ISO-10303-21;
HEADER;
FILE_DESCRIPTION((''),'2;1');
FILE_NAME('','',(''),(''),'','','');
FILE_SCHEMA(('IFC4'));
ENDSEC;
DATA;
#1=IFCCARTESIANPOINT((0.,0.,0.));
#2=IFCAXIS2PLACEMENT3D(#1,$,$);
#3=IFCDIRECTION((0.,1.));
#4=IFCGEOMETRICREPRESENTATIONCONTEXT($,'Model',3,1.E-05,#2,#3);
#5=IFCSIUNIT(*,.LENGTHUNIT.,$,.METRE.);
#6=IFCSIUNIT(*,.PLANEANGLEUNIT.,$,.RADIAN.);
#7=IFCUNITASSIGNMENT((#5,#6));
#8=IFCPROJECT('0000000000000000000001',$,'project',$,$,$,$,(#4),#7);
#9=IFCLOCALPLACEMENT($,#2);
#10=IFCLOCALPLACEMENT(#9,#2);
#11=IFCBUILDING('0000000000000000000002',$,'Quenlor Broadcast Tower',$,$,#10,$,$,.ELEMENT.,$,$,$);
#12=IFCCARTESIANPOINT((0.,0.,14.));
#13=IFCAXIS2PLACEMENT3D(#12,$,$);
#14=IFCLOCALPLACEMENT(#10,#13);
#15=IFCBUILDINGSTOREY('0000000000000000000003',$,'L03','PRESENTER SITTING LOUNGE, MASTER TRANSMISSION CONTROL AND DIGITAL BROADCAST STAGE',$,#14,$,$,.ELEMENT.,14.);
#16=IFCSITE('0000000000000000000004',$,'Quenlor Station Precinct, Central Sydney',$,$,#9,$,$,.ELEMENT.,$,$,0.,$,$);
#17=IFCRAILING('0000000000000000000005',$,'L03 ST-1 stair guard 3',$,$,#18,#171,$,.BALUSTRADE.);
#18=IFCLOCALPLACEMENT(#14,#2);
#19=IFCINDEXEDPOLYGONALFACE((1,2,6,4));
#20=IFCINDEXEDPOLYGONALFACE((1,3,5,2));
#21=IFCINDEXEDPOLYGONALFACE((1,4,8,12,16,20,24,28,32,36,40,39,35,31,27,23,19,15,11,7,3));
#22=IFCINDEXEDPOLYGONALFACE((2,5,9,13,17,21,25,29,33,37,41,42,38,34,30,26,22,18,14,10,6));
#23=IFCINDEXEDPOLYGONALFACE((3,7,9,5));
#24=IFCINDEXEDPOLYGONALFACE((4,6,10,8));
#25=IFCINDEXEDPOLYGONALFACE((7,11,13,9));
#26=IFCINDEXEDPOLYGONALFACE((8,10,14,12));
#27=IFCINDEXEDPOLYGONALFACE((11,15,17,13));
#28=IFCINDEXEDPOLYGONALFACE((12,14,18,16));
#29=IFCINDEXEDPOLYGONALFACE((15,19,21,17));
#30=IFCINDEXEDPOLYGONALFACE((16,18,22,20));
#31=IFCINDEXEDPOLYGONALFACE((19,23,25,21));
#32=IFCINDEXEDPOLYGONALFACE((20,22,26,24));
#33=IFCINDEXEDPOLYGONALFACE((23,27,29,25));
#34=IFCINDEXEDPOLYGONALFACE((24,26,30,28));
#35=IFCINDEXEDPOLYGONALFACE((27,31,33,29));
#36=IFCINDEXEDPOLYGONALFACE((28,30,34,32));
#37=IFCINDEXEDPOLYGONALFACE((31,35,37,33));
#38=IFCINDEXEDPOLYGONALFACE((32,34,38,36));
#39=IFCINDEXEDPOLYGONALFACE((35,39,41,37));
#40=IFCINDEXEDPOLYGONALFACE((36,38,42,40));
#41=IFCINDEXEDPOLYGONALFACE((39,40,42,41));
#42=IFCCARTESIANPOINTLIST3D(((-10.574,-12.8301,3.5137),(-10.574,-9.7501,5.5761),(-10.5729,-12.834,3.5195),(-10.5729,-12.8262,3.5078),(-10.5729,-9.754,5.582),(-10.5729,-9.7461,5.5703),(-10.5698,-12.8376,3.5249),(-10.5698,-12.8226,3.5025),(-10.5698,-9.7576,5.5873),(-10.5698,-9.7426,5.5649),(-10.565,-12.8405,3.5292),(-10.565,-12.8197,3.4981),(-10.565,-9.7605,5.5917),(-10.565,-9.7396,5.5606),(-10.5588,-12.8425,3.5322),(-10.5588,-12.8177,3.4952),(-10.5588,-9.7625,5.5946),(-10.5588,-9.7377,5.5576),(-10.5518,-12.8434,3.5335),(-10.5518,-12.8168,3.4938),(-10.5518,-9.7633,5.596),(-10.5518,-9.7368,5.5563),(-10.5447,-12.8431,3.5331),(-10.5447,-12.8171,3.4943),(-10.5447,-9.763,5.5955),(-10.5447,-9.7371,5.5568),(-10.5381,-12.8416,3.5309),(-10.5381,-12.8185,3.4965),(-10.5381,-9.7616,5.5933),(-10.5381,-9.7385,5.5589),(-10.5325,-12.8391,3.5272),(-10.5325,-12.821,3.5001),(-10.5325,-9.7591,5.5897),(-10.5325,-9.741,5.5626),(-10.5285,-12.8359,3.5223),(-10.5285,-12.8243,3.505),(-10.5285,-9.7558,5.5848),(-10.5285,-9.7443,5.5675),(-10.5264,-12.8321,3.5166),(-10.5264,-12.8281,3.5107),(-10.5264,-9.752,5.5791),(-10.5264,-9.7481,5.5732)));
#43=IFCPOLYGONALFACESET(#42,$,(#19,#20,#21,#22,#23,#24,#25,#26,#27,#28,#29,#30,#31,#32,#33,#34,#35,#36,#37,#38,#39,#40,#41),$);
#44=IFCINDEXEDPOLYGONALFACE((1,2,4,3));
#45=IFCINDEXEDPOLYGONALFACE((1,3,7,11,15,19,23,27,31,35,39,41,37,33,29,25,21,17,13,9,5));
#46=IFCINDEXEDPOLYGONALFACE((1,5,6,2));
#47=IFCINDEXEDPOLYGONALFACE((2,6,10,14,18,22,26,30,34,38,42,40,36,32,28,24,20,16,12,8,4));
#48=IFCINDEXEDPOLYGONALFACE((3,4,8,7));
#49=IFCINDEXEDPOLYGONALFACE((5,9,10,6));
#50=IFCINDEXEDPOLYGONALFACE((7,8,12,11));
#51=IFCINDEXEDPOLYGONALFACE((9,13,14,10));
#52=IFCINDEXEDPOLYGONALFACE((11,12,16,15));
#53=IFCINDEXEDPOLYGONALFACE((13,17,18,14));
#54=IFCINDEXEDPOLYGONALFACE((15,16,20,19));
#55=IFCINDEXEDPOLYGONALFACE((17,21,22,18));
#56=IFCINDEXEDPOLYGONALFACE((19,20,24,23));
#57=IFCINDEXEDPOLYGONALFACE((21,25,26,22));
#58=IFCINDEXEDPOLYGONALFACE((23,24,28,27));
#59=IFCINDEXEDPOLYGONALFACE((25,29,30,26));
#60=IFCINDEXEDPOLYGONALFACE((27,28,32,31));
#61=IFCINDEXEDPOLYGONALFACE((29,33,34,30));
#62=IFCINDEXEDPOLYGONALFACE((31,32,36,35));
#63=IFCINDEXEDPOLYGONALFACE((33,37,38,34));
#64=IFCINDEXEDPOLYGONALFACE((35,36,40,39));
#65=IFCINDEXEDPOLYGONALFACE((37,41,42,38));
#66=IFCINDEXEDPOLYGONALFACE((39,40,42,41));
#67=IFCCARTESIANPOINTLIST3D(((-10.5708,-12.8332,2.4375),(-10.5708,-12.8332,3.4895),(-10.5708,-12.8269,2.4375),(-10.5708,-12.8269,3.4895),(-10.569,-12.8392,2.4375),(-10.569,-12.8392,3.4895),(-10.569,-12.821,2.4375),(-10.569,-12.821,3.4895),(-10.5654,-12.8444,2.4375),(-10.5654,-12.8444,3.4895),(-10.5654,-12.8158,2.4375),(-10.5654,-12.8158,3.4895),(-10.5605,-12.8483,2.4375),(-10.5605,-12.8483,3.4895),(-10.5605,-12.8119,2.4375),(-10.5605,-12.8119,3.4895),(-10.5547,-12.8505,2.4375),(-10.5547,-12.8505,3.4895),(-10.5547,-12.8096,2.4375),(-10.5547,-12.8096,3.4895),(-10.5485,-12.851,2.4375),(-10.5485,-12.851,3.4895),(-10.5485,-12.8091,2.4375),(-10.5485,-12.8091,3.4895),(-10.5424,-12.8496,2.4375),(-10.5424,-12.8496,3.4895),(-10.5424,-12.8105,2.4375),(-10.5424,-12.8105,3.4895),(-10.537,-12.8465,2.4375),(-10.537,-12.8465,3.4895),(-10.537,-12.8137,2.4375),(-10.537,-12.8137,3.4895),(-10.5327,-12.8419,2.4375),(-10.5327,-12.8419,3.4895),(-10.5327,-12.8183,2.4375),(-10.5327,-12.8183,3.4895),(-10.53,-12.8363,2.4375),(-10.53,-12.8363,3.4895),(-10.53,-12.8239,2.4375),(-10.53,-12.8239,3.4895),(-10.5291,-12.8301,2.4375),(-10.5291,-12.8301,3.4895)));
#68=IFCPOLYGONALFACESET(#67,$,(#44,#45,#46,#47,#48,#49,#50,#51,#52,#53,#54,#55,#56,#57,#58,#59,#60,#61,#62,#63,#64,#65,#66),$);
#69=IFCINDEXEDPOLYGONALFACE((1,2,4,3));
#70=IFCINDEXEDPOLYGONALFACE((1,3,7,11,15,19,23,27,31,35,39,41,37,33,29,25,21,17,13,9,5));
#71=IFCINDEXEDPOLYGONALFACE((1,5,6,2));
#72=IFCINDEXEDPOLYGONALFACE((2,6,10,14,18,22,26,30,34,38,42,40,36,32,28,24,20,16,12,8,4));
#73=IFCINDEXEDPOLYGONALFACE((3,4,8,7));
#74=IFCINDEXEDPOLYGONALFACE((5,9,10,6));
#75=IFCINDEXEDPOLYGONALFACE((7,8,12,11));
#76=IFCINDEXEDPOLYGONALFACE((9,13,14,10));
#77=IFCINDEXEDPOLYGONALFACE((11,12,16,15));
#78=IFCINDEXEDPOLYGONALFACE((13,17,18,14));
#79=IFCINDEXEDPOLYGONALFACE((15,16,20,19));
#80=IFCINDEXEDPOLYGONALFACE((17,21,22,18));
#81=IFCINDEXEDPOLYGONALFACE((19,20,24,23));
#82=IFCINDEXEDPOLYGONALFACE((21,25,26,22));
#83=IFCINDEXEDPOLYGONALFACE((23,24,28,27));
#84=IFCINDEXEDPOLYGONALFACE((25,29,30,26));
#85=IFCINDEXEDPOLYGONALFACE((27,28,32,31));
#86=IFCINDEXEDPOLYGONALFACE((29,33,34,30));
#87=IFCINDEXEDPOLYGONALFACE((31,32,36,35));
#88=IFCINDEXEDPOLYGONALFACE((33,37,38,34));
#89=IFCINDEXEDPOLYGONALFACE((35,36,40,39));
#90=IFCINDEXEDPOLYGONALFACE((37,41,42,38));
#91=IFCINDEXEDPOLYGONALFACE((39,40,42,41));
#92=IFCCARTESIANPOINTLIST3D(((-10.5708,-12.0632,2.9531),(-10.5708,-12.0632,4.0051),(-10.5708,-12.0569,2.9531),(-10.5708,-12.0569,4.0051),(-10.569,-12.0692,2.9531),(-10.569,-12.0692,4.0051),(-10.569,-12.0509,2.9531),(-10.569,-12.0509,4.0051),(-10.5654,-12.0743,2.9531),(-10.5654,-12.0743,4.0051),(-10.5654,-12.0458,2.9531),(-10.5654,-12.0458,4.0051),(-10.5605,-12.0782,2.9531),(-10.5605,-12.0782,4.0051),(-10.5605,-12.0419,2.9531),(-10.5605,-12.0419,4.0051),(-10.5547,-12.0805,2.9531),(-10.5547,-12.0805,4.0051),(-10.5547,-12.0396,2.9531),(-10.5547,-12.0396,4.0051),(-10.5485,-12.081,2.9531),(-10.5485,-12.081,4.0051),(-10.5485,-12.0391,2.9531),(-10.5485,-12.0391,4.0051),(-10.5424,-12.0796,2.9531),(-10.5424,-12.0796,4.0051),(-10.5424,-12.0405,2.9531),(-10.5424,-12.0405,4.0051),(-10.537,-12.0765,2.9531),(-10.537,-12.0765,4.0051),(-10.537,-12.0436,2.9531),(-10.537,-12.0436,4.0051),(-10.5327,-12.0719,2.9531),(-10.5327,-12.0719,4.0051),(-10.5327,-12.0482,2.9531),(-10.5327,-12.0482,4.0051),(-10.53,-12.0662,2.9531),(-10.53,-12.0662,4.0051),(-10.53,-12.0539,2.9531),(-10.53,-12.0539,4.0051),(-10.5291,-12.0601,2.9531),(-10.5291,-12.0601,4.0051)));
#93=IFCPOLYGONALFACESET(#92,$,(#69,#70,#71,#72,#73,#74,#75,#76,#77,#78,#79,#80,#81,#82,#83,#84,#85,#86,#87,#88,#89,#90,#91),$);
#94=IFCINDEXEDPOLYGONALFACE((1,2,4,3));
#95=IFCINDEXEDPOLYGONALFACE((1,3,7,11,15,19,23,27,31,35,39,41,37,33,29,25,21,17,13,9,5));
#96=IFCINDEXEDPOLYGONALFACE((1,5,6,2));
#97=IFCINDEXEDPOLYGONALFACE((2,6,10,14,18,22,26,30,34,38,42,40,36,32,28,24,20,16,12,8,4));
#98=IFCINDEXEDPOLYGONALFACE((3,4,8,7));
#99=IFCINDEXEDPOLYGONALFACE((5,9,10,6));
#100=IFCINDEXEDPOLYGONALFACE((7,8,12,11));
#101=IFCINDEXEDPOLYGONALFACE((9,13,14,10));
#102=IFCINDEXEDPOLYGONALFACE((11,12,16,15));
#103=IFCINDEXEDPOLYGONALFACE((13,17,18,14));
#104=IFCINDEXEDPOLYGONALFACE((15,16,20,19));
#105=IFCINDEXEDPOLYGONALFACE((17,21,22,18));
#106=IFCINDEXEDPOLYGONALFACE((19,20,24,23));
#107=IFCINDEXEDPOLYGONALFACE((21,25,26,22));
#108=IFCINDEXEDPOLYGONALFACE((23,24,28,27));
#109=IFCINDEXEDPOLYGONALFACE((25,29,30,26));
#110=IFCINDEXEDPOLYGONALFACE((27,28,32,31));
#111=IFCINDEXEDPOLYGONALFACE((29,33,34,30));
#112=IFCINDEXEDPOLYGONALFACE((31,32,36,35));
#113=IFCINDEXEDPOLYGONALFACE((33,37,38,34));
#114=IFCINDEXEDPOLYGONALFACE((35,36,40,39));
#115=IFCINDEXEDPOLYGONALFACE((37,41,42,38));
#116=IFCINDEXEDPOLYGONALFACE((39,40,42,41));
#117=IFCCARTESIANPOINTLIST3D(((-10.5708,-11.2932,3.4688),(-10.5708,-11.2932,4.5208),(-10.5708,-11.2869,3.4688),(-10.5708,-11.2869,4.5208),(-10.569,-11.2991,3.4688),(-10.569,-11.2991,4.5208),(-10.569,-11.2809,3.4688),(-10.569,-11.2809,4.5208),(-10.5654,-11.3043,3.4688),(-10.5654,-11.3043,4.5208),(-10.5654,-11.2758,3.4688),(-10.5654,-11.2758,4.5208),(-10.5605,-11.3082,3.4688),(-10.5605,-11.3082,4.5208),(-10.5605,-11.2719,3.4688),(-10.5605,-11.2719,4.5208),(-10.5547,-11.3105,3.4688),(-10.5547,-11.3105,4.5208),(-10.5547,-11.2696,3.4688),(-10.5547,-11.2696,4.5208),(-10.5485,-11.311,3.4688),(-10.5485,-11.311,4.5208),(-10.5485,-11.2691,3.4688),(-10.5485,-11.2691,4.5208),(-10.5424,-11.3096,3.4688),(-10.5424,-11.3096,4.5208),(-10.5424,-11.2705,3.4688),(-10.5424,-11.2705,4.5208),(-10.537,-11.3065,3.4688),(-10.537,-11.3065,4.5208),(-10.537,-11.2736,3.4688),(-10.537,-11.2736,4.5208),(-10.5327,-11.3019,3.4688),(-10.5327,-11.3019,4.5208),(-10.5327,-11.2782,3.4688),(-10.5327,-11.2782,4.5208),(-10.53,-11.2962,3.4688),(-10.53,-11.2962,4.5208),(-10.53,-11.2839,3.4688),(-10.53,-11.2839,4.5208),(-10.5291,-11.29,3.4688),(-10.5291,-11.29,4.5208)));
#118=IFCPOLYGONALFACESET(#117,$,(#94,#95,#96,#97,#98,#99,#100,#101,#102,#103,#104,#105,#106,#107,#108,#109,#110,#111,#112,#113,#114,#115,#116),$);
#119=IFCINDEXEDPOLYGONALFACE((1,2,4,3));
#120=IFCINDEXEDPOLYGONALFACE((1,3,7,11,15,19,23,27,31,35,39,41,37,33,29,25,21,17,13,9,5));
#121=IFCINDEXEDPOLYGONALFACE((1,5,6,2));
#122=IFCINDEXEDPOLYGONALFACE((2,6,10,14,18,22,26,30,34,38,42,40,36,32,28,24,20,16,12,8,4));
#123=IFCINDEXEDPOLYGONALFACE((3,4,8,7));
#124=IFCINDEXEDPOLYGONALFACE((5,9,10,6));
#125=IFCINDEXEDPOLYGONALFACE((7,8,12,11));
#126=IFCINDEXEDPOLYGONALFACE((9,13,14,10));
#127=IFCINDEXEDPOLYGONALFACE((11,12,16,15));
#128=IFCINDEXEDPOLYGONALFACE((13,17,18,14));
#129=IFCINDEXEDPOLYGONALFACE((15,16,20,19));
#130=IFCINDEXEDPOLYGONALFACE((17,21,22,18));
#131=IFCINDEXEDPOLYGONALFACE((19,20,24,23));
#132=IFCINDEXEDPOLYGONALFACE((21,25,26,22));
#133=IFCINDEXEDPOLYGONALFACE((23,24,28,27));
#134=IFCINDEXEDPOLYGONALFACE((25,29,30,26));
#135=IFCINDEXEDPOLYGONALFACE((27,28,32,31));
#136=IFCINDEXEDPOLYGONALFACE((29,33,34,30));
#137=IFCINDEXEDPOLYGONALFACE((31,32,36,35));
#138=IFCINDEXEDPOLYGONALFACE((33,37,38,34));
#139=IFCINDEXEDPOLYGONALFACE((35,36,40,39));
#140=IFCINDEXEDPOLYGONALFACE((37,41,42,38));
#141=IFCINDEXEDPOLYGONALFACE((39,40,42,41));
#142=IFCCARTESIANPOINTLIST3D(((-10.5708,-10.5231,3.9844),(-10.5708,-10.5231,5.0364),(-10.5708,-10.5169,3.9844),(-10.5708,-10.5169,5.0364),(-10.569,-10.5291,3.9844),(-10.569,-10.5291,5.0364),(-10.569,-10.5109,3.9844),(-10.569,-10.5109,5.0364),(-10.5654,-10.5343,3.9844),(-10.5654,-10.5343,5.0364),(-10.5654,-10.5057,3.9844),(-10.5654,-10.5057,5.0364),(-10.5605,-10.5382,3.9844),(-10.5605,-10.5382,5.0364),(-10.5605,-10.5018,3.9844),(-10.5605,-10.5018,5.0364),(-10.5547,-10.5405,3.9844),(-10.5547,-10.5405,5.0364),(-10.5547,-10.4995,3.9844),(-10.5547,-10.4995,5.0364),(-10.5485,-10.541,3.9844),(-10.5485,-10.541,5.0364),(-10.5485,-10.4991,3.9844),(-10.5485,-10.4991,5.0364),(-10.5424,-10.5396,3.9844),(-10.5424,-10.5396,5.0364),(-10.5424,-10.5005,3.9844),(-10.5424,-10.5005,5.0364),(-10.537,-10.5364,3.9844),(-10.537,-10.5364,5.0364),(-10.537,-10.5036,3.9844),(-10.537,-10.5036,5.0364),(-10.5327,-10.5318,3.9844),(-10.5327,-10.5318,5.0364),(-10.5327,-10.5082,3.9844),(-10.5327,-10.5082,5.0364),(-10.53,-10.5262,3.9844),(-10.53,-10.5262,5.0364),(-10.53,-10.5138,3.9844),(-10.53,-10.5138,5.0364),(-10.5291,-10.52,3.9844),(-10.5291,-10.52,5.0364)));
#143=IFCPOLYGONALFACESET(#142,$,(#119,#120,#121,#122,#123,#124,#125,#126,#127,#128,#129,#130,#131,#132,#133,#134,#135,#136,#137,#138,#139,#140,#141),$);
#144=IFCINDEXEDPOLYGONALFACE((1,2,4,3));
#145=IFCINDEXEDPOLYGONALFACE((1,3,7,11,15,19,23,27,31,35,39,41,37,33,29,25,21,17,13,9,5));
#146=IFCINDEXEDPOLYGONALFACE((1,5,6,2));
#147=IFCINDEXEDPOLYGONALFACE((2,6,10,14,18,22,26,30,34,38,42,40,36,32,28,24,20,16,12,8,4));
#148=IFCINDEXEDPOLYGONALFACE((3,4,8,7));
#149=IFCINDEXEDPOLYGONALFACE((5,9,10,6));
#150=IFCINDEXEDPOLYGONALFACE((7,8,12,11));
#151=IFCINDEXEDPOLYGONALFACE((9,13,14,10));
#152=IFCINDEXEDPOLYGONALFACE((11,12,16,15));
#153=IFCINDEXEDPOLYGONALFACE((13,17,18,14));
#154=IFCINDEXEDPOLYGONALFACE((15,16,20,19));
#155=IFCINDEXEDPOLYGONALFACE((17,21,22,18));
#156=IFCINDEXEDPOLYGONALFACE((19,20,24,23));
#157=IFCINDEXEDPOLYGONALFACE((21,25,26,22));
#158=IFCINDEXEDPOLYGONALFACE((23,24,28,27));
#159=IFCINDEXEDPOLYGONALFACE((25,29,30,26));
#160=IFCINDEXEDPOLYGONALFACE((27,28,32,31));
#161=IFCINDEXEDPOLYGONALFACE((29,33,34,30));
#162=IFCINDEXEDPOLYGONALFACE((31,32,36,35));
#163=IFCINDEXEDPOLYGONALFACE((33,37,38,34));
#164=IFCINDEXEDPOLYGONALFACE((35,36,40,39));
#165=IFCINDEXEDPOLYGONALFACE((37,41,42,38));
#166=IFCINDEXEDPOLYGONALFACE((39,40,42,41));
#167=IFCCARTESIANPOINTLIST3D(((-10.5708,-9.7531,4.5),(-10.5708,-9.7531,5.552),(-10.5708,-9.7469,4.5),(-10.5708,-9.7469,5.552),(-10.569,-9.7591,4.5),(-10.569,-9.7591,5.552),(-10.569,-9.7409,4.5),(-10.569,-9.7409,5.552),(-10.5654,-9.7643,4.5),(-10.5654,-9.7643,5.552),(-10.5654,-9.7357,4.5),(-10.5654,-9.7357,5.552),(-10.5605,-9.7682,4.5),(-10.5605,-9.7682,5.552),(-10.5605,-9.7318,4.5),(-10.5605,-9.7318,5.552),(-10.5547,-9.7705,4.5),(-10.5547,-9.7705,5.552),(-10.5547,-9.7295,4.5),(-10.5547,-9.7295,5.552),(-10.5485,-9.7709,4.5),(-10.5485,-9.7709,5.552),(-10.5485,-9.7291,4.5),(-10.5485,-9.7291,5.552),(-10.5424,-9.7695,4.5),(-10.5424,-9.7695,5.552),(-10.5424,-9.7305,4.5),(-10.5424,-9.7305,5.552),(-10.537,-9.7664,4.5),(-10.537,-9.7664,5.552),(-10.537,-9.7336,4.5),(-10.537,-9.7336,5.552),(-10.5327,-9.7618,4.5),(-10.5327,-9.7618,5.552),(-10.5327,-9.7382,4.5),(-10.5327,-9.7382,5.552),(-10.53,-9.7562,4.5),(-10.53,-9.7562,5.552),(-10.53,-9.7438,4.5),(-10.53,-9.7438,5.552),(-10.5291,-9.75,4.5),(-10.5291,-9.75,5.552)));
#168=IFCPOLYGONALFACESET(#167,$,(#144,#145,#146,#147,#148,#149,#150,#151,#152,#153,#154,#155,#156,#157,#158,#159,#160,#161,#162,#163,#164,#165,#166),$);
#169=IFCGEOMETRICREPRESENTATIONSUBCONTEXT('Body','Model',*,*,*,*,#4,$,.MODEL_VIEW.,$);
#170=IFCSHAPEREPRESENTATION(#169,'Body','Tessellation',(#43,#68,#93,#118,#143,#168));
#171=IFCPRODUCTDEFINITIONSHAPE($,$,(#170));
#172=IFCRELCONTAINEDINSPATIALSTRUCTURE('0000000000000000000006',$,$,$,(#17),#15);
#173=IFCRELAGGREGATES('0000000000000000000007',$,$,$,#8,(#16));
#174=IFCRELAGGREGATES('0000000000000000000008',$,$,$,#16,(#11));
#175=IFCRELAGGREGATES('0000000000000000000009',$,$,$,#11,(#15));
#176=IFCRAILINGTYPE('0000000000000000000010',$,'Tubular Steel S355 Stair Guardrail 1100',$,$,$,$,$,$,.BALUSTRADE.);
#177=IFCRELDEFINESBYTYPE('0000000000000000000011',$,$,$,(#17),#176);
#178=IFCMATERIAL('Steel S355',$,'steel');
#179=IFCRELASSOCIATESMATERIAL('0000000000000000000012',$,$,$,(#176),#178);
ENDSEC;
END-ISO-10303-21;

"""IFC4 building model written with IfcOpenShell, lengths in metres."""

from ifc_helpers import new_model, si_unit, direction, frame, origin, origin_2d, place, context, subcontext, project, spatial, circle, extrude, material, type_object, element, save


model = new_model("IFC4")

# Units and contexts
model_context = context("Model", 3, precision=1e-05, world=origin(), true_north=direction((0.0, 1.0)))
body_context = subcontext(model_context, "Body", "Model", "MODEL_VIEW")
ifc_project = project(units=[si_unit("LENGTHUNIT", "METRE"), si_unit("PLANEANGLEUNIT", "RADIAN")], contexts=[model_context])

# Site, building, storey
site_placement = place(None, origin())
site = spatial("IfcSite", under=ifc_project, at=site_placement, Name="Quenlor Station Precinct, Central Sydney", CompositionType="ELEMENT", RefElevation=0.0)
building_placement = place(site_placement, origin())
building = spatial("IfcBuilding", under=site, at=building_placement, Name="Quenlor Broadcast Tower", CompositionType="ELEMENT")
storey_placement = place(building_placement, frame((0.0, 0.0, 14.0)))
storey = spatial("IfcBuildingStorey", under=building, at=storey_placement, Name="L03", Description="PRESENTER SITTING LOUNGE, MASTER TRANSMISSION CONTROL AND DIGITAL BROADCAST STAGE", CompositionType="ELEMENT", Elevation=14.0)

# Railing
ifc_material_1 = material(Name="Steel S355", Category="steel")
railing_type_1 = type_object("IfcRailingType", Name="Tubular Steel S355 Stair Guardrail 1100", PredefinedType="BALUSTRADE", material=ifc_material_1)
railing_1_placement = place(storey_placement, frame((-10.55, -12.8301, 2.4375)))
element("IfcRailing", 1, at=railing_1_placement, inside=storey, type_object=railing_type_1, Name="L03 ST-1 stair guard 3", PredefinedType="BALUSTRADE", context=body_context, shape_type="SweptSolid", body=[
    extrude(circle(Radius=0.0239, at=origin_2d()), frame((0.0, 0.0, 1.0762), z_axis=(0.0, 0.830914, 0.556401), x_axis=(-1.0, 0.0, 0.0)), (0.0, 0.0, 1.0), 3.7068),
    extrude(circle(Radius=0.021, at=origin_2d()), origin(), (0.0, 0.0, 1.0), 1.052),
    extrude(circle(Radius=0.021, at=origin_2d()), frame((0.0, 0.77, 0.5156)), (0.0, 0.0, 1.0), 1.052),
    extrude(circle(Radius=0.021, at=origin_2d()), frame((0.0, 1.54, 1.0312)), (0.0, 0.0, 1.0), 1.052),
    extrude(circle(Radius=0.021, at=origin_2d()), frame((0.0, 2.3101, 1.5469)), (0.0, 0.0, 1.0), 1.052),
    extrude(circle(Radius=0.021, at=origin_2d()), frame((0.0, 3.0801, 2.0625)), (0.0, 0.0, 1.0), 1.052),
])

save(model, "model.ifc")
